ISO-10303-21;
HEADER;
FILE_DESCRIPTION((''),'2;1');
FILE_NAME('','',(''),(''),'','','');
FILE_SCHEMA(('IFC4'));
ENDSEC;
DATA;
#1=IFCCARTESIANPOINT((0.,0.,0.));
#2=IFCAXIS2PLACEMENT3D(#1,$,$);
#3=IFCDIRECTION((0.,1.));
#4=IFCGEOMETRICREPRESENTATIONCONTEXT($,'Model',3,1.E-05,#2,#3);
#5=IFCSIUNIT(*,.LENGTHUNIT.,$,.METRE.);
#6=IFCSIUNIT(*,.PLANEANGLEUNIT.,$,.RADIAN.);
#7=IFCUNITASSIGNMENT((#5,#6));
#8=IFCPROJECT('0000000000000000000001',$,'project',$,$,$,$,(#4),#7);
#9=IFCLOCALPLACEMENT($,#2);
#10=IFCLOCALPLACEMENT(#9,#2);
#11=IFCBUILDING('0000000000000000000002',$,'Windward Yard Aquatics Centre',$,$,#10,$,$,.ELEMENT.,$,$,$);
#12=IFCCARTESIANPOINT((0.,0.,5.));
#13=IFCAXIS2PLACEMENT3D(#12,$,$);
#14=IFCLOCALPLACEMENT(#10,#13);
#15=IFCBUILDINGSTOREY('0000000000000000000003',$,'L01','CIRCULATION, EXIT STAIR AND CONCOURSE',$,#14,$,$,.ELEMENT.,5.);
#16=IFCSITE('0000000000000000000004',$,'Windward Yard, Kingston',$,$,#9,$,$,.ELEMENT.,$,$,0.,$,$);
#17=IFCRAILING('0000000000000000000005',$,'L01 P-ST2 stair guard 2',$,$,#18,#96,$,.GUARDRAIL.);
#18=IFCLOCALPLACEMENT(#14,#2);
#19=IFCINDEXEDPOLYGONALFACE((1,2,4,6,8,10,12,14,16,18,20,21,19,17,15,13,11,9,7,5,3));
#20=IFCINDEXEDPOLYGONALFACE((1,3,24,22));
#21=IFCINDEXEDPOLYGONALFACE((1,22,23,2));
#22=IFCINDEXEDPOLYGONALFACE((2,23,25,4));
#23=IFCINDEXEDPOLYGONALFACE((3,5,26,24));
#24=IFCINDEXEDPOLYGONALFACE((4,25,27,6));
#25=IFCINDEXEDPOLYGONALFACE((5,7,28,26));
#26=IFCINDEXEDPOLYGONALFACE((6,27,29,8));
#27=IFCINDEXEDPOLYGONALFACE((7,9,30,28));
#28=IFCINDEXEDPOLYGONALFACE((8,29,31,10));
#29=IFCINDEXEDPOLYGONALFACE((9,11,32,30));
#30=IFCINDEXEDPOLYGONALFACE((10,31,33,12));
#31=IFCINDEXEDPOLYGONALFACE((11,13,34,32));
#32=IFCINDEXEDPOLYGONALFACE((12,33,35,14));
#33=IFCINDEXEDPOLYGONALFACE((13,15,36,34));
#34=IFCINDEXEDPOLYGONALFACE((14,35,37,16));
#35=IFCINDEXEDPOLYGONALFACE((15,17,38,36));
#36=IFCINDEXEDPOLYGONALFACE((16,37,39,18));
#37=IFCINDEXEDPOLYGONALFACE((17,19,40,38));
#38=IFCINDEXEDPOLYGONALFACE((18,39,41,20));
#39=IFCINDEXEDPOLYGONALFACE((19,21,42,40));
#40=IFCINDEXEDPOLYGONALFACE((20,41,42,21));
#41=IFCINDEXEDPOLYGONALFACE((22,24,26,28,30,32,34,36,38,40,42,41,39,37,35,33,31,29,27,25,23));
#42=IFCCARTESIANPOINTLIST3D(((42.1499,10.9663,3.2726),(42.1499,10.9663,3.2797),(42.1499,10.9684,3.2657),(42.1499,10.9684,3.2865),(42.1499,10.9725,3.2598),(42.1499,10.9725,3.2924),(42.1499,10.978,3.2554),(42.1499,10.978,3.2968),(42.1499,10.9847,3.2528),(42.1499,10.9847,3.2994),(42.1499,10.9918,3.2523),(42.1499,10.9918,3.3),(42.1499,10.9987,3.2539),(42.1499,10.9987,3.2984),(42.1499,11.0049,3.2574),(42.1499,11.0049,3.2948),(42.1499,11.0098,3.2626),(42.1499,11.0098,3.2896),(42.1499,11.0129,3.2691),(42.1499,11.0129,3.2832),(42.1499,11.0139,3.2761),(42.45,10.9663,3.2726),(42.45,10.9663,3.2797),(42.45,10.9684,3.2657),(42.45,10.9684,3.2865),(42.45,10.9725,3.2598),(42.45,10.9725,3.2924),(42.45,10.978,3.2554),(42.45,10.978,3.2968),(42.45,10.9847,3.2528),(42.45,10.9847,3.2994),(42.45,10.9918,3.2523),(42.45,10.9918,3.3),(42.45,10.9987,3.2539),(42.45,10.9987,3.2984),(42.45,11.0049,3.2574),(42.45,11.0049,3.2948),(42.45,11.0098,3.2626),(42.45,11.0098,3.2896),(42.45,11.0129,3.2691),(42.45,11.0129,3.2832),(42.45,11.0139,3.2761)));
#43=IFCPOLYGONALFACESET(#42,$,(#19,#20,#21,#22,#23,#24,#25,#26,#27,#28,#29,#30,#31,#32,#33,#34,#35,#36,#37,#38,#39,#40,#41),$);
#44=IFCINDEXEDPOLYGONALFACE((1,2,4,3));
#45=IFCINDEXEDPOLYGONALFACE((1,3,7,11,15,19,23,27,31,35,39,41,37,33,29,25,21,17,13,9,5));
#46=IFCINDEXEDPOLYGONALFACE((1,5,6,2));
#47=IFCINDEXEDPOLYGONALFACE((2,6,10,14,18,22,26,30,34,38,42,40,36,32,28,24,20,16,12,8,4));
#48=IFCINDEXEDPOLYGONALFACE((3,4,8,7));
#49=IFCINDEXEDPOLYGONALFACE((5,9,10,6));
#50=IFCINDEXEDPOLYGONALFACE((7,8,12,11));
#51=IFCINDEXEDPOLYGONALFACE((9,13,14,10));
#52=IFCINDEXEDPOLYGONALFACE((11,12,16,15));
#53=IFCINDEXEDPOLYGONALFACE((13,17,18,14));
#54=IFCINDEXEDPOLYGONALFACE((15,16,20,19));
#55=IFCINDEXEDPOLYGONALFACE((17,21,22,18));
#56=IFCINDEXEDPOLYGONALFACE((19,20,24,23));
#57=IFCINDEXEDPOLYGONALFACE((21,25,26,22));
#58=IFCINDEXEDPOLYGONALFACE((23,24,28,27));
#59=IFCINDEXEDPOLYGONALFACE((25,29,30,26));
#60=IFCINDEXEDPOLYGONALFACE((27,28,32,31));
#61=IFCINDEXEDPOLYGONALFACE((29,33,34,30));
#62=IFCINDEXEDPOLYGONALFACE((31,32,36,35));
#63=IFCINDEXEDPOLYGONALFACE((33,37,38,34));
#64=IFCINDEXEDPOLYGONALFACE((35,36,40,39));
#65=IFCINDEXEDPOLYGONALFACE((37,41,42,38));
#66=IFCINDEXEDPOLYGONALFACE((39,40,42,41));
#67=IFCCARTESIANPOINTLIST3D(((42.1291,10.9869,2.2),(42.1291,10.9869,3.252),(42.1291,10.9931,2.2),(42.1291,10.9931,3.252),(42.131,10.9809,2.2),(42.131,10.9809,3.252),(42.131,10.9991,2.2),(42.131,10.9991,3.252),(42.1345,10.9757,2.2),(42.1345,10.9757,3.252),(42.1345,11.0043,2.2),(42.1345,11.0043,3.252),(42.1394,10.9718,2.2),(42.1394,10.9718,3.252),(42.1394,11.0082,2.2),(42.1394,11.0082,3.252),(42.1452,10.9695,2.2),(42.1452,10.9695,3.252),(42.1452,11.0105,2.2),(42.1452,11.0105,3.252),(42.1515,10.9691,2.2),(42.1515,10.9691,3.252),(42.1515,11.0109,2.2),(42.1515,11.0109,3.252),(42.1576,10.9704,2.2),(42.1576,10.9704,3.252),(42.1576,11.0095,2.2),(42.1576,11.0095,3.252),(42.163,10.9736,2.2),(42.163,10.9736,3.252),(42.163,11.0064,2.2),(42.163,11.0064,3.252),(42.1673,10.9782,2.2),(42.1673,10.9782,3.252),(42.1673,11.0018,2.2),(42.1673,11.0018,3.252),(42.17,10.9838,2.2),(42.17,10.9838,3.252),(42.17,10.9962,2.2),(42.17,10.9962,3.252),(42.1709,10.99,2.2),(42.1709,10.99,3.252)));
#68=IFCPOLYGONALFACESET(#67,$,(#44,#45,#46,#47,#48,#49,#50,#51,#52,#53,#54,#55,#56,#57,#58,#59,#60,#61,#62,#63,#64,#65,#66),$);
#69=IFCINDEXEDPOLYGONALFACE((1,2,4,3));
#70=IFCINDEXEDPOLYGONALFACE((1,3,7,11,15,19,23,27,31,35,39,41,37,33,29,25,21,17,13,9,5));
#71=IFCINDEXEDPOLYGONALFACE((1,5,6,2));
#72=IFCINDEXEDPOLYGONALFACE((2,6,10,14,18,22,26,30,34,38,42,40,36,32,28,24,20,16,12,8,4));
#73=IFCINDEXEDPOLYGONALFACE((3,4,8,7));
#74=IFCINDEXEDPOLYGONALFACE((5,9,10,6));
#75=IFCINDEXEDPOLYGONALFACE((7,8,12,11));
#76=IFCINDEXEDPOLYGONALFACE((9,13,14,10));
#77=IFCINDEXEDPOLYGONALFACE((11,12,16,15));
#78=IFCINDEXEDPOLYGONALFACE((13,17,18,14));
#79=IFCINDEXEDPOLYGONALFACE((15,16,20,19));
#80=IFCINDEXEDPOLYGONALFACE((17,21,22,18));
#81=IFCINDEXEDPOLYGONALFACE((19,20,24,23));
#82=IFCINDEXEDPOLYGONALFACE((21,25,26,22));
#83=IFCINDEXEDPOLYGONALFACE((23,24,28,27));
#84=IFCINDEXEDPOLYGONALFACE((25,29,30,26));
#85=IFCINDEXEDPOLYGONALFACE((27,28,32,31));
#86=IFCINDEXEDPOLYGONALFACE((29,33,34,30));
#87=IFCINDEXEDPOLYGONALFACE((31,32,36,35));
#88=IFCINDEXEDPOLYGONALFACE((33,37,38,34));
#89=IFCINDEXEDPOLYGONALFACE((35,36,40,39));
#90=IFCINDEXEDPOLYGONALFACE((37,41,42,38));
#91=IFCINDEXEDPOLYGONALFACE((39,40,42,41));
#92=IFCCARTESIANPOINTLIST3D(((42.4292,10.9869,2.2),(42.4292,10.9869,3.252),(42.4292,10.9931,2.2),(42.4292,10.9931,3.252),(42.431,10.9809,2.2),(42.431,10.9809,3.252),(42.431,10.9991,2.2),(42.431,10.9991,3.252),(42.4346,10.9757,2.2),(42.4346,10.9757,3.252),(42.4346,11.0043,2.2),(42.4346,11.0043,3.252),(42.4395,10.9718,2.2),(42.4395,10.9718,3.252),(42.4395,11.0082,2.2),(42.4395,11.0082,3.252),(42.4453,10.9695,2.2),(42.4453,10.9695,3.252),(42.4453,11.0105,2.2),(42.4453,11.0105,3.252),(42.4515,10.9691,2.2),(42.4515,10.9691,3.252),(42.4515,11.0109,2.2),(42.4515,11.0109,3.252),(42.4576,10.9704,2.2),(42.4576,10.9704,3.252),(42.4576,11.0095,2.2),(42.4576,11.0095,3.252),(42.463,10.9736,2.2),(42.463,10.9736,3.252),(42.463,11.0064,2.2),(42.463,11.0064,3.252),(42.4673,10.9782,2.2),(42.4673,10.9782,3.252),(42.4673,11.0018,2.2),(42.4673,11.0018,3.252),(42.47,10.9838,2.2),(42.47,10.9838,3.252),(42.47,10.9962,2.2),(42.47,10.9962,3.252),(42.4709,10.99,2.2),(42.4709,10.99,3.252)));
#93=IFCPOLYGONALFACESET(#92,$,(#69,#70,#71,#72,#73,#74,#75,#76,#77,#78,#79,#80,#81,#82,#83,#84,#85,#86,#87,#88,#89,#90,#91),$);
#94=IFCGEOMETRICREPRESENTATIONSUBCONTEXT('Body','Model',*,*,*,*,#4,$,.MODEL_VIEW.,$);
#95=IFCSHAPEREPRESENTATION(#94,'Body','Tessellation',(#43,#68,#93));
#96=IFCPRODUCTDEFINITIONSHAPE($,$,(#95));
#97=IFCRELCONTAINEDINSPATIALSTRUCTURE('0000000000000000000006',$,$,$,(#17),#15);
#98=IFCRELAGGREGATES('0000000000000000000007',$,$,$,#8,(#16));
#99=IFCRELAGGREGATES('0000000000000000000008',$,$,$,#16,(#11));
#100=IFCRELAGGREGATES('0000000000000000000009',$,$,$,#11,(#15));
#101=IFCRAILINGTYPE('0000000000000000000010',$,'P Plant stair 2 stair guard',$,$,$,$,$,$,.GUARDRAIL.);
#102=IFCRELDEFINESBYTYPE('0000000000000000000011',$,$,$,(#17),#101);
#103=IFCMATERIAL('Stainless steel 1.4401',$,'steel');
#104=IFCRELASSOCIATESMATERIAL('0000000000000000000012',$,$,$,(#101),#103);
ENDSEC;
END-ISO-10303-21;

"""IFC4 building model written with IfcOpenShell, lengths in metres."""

from ifc_helpers import new_model, si_unit, direction, frame, origin, origin_2d, place, context, subcontext, project, spatial, circle, extrude, material, type_object, element, save


model = new_model("IFC4")

# Units and contexts
model_context = context("Model", 3, precision=1e-05, world=origin(), true_north=direction((0.0, 1.0)))
body_context = subcontext(model_context, "Body", "Model", "MODEL_VIEW")
ifc_project = project(units=[si_unit("LENGTHUNIT", "METRE"), si_unit("PLANEANGLEUNIT", "RADIAN")], contexts=[model_context])

# Site, building, storey
site_placement = place(None, origin())
site = spatial("IfcSite", under=ifc_project, at=site_placement, Name="Windward Yard, Kingston", CompositionType="ELEMENT", RefElevation=0.0)
building_placement = place(site_placement, origin())
building = spatial("IfcBuilding", under=site, at=building_placement, Name="Windward Yard Aquatics Centre", CompositionType="ELEMENT")
storey_placement = place(building_placement, frame((0.0, 0.0, 5.0)))
storey = spatial("IfcBuildingStorey", under=building, at=storey_placement, Name="L01", Description="CIRCULATION, EXIT STAIR AND CONCOURSE", CompositionType="ELEMENT", Elevation=5.0)

# Railing
ifc_material_1 = material(Name="Stainless steel 1.4401", Category="steel")
railing_type_1 = type_object("IfcRailingType", Name="P Plant stair 2 stair guard", PredefinedType="GUARDRAIL", material=ifc_material_1)
railing_1_placement = place(storey_placement, frame((42.1499, 10.99, 2.2)))
element("IfcRailing", 1, at=railing_1_placement, inside=storey, type_object=railing_type_1, Name="L01 P-ST2 stair guard 2", PredefinedType="GUARDRAIL", context=body_context, shape_type="SweptSolid", body=[
    extrude(circle(Radius=0.0239, at=origin_2d()), frame((0.0, 0.0, 1.0762), z_axis=(1.0, 0.0, 0.0), x_axis=(0.0, 1.0, 0.0)), (0.0, 0.0, 1.0), 0.3),
    extrude(circle(Radius=0.021, at=origin_2d()), origin(), (0.0, 0.0, 1.0), 1.052),
    extrude(circle(Radius=0.021, at=origin_2d()), frame((0.3, 0.0, 0.0)), (0.0, 0.0, 1.0), 1.052),
])

save(model, "model.ifc")
